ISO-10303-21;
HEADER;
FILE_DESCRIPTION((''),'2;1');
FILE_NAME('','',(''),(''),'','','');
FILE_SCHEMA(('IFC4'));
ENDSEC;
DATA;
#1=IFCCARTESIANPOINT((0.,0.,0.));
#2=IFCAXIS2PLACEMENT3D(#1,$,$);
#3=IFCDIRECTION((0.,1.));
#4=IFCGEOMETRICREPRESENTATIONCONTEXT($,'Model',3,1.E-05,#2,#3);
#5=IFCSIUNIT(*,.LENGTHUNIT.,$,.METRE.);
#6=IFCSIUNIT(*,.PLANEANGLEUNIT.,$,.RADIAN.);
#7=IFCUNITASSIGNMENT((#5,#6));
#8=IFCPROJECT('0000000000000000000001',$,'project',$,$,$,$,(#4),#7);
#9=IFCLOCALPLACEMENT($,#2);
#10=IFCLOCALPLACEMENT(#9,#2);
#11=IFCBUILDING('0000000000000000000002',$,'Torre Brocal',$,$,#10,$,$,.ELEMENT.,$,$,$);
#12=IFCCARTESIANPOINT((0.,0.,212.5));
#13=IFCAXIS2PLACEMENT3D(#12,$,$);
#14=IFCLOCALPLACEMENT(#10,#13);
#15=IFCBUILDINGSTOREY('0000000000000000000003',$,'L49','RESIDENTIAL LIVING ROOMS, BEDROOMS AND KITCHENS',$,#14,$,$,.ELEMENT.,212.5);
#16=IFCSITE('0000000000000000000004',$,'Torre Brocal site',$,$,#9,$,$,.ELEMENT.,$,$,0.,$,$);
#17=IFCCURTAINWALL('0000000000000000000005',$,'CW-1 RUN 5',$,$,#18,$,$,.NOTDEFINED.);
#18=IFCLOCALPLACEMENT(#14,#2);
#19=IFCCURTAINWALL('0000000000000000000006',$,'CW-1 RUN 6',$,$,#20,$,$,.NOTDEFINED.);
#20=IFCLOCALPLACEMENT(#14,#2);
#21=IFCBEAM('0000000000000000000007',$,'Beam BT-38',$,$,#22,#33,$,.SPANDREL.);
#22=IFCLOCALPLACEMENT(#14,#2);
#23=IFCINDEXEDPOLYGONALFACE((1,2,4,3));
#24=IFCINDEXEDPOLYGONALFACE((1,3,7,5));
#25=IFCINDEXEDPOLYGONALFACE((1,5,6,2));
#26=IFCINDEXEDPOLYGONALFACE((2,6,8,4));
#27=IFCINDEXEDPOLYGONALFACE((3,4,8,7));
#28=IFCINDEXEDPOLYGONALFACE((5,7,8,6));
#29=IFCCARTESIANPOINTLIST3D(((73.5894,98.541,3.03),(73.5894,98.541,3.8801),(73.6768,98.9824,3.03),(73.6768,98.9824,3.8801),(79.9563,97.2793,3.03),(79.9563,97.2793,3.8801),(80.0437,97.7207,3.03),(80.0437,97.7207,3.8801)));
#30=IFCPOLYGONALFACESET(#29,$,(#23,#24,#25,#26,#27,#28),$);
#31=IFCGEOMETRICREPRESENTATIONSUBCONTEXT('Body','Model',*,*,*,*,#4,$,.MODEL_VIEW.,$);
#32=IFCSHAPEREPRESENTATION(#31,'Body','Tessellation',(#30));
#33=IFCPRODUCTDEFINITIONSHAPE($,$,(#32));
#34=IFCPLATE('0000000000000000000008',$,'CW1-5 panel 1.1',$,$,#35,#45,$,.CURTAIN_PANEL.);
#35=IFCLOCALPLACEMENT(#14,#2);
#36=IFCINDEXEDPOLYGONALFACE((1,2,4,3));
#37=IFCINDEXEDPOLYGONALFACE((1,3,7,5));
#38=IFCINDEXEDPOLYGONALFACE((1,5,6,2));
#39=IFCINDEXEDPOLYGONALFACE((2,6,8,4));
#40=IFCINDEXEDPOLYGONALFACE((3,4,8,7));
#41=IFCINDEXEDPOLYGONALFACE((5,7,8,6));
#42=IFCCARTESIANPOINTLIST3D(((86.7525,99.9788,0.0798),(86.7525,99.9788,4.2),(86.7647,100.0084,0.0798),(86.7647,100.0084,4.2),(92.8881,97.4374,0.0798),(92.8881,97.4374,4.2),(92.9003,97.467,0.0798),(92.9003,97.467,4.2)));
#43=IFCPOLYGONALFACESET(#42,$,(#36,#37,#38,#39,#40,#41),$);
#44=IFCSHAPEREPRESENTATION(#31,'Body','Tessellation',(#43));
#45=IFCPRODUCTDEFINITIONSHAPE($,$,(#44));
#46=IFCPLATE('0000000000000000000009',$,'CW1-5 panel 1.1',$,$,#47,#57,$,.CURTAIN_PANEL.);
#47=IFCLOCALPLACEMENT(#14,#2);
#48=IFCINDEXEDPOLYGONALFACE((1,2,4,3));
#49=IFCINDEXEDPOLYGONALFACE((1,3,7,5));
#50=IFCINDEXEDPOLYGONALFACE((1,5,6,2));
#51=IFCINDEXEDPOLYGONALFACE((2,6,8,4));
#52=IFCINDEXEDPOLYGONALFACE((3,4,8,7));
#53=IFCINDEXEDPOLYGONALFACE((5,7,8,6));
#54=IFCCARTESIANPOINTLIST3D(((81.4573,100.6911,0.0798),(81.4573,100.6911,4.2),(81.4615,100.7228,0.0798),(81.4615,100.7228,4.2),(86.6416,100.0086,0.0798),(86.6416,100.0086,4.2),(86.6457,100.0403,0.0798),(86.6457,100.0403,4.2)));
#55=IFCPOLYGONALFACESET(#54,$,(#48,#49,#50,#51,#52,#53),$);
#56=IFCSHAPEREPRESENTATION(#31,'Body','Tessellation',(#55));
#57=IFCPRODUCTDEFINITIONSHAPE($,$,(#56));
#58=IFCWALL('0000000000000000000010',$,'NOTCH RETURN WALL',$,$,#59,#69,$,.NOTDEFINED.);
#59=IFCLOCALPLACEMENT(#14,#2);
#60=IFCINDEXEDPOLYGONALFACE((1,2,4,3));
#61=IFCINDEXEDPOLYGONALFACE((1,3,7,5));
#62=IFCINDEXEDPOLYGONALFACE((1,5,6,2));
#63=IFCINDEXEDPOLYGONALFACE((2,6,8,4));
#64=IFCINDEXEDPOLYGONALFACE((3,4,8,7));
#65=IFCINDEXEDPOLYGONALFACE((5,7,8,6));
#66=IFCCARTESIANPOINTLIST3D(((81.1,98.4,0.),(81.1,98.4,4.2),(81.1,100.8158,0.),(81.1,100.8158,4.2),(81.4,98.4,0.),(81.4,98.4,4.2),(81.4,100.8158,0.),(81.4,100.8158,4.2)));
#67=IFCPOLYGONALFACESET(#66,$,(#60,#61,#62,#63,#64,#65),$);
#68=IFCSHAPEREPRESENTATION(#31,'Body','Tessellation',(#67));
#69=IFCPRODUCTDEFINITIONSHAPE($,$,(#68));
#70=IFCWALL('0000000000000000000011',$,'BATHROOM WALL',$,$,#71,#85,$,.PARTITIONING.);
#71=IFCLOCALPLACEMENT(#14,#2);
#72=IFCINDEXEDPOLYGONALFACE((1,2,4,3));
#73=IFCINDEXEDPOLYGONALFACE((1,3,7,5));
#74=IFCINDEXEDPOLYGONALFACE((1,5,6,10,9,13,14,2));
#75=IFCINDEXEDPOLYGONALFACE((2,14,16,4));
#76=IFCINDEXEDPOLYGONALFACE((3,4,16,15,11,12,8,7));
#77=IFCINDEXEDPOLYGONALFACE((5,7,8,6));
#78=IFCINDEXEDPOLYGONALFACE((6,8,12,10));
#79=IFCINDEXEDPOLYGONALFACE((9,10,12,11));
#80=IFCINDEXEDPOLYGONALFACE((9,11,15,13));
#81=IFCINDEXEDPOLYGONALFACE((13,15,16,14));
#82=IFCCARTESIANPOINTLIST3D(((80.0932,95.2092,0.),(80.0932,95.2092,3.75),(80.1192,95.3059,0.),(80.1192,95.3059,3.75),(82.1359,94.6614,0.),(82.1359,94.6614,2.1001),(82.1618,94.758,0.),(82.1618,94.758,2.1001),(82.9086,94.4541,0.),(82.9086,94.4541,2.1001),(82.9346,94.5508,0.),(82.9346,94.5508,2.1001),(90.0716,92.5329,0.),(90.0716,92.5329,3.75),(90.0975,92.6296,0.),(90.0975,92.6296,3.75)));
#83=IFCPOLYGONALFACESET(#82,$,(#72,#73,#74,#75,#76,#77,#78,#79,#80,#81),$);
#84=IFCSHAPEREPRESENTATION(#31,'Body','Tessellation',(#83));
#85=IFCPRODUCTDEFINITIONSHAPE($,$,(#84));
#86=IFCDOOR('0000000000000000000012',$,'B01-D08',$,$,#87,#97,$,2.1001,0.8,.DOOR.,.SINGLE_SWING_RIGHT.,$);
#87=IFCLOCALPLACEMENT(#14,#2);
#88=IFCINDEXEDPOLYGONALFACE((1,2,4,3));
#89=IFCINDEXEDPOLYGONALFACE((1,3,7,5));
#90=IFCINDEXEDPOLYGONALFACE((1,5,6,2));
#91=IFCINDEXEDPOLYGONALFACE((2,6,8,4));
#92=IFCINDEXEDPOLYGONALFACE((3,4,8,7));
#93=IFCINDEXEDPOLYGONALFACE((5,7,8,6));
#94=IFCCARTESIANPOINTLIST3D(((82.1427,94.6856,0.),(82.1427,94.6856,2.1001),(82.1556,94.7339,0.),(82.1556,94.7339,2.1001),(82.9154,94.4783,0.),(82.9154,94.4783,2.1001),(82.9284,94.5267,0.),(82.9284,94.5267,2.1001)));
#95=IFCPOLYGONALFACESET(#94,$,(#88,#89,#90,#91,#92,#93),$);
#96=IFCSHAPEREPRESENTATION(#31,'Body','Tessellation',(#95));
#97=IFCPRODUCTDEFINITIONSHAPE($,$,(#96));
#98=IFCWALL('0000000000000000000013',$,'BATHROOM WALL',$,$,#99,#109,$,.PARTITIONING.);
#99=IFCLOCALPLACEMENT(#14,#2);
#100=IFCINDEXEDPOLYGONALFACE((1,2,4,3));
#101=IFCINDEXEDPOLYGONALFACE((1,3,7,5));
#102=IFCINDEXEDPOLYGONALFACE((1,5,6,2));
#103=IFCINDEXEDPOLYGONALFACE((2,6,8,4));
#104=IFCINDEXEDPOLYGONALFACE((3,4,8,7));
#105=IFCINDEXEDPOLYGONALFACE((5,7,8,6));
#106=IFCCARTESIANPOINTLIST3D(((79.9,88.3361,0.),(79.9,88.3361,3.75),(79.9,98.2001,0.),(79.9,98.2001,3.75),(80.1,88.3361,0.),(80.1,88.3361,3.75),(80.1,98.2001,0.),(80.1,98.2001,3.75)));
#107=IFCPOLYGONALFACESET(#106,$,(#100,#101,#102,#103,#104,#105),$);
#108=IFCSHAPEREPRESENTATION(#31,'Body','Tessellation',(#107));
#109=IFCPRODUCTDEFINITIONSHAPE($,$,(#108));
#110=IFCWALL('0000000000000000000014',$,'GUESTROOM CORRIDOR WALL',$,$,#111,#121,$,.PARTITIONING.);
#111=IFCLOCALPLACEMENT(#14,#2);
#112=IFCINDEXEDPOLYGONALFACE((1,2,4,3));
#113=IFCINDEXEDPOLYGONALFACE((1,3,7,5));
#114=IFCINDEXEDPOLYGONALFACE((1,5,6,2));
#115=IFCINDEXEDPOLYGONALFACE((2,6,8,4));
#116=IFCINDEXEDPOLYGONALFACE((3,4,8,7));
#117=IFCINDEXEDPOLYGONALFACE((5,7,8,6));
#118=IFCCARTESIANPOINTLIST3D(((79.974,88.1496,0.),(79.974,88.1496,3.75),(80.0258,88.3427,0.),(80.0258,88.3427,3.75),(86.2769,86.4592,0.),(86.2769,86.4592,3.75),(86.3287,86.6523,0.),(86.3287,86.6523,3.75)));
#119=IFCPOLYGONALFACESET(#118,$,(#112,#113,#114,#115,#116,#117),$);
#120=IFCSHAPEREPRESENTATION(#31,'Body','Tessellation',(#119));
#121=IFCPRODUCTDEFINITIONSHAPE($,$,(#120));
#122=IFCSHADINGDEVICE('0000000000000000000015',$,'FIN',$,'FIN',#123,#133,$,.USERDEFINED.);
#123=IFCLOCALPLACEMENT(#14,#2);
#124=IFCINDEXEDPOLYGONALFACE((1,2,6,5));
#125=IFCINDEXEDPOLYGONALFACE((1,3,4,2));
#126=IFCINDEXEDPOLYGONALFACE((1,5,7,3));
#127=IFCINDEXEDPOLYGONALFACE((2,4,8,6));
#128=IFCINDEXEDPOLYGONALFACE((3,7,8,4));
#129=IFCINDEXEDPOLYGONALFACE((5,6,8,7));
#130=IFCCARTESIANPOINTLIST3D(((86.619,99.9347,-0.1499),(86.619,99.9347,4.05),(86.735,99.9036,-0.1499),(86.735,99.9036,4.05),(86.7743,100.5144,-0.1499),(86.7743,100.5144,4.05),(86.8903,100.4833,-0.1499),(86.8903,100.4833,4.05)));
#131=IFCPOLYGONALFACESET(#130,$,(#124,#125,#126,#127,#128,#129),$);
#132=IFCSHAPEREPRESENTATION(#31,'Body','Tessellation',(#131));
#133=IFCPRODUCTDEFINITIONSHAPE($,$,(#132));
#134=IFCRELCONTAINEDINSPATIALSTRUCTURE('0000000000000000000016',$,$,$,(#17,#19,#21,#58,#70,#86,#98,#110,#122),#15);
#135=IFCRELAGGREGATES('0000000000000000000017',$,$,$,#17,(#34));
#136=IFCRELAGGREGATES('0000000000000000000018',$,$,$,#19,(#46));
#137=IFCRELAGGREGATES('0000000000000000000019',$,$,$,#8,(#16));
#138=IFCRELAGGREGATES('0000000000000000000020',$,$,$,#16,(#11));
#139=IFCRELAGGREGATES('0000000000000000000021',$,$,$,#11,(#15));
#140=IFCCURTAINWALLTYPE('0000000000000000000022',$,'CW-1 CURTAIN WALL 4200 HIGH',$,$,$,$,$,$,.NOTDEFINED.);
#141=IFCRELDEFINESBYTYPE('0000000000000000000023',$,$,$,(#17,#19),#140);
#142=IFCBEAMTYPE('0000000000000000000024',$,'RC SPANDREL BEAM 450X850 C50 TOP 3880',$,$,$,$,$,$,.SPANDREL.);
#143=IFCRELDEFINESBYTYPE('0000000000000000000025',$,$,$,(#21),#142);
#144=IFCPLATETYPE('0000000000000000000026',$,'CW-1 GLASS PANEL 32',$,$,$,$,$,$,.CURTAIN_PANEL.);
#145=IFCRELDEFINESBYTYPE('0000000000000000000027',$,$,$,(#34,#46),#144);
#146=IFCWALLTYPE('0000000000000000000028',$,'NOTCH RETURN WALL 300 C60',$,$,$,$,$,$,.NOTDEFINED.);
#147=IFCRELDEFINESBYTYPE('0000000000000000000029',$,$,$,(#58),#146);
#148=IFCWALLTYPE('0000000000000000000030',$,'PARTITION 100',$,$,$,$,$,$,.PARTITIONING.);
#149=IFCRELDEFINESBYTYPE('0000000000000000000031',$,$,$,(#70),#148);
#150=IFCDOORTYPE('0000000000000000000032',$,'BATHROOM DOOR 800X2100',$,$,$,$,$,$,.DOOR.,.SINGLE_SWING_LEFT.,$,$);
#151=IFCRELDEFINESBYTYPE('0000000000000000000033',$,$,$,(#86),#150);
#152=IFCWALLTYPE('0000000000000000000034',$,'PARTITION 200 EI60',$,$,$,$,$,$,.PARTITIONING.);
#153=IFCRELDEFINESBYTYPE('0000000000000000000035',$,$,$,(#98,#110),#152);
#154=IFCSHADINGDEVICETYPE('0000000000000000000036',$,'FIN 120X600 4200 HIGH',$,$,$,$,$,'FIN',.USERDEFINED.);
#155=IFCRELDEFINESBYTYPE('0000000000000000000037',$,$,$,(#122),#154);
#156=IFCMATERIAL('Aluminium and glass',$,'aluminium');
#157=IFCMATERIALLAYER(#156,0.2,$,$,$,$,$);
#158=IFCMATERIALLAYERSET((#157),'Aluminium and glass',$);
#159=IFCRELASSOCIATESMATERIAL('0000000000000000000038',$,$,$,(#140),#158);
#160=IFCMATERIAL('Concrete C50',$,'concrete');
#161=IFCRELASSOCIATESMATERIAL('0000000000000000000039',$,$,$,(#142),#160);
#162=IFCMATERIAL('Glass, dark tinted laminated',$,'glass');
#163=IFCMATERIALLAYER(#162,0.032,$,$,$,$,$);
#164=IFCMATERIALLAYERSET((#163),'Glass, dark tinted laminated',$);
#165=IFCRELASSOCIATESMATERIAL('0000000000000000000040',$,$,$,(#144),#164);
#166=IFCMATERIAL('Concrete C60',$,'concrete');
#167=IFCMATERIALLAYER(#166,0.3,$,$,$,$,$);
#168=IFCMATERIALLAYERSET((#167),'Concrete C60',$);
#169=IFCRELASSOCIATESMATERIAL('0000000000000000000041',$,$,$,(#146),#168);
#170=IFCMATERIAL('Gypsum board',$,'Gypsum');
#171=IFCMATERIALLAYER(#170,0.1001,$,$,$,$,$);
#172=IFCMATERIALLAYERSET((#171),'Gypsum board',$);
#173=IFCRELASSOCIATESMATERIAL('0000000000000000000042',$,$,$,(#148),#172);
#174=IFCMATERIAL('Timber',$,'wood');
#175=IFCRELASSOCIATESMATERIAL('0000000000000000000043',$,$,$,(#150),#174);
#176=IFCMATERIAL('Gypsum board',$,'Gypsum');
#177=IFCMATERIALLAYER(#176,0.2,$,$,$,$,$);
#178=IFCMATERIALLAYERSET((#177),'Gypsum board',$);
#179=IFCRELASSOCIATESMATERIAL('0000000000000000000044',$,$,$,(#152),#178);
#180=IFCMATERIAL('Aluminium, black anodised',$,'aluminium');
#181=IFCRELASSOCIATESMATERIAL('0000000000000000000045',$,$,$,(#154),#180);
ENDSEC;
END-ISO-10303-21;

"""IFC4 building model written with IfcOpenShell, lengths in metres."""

from ifc_helpers import new_model, si_unit, direction, frame, frame_2d, origin, origin_2d, place, context, subcontext, project, spatial, rectangle, extrude, material, layer, layer_set, material_profile, profile_set, type_object, element, fill, aggregate, save


model = new_model("IFC4")

# Units and contexts
model_context = context("Model", 3, precision=1e-05, world=origin(), true_north=direction((0.0, 1.0)))
body_context = subcontext(model_context, "Body", "Model", "MODEL_VIEW")
ifc_project = project(units=[si_unit("LENGTHUNIT", "METRE"), si_unit("PLANEANGLEUNIT", "RADIAN")], contexts=[model_context])

# Site, building, storey
site_placement = place(None, origin())
site = spatial("IfcSite", under=ifc_project, at=site_placement, Name="Torre Brocal site", CompositionType="ELEMENT", RefElevation=0.0)
building_placement = place(site_placement, origin())
building = spatial("IfcBuilding", under=site, at=building_placement, Name="Torre Brocal", CompositionType="ELEMENT")
storey_placement = place(building_placement, frame((0.0, 0.0, 212.5)))
storey = spatial("IfcBuildingStorey", under=building, at=storey_placement, Name="L49", Description="RESIDENTIAL LIVING ROOMS, BEDROOMS AND KITCHENS", CompositionType="ELEMENT", Elevation=212.5)

# Curtain wall
ifc_material_1 = material(Name="Aluminium and glass", Category="aluminium")
ifc_layer_1 = layer(ifc_material_1, 0.2)
ifc_layer_set_1 = layer_set([ifc_layer_1], Name="Aluminium and glass")
curtain_wall_type = type_object("IfcCurtainWallType", Name="CW-1 CURTAIN WALL 4200 HIGH", PredefinedType="NOTDEFINED", material=ifc_layer_set_1)
curtain_wall_1_placement = place(storey_placement, origin())
curtain_wall_1 = element("IfcCurtainWall", 1, at=curtain_wall_1_placement, inside=storey, type_object=curtain_wall_type, Name="CW-1 RUN 5", PredefinedType="NOTDEFINED")

# Curtain wall
curtain_wall_2_placement = place(storey_placement, origin())
curtain_wall_2 = element("IfcCurtainWall", 2, at=curtain_wall_2_placement, inside=storey, type_object=curtain_wall_type, Name="CW-1 RUN 6", PredefinedType="NOTDEFINED")

# Beam
ifc_material_2 = material(Name="Concrete C50", Category="concrete")
ifc_material_profile_1 = material_profile(ifc_material_2, rectangle(XDim=0.45, YDim=0.8501, at=origin_2d()), Name="RC 450X850")
ifc_profile_set_1 = profile_set([ifc_material_profile_1], Name="Concrete C50")
beam_type_1 = type_object("IfcBeamType", Name="RC SPANDREL BEAM 450X850 C50 TOP 3880", PredefinedType="SPANDREL", material=ifc_profile_set_1)
for number, where, z_axis, x_axis, name in (
    (3, (80.0, 97.5, 3.4551), (-0.980925, 0.194387, 0.0), (-0.194387, -0.980925, 0.0), "Beam BT-38"),
):
    element("IfcBeam", number, at=place(storey_placement, frame(where, z_axis=z_axis, x_axis=x_axis)), inside=storey, type_object=beam_type_1, Name=name, PredefinedType="SPANDREL", context=body_context, shape_type="SweptSolid", body=[
        extrude(rectangle(XDim=0.45, YDim=0.8501, at=origin_2d()), origin(), (0.0, 0.0, 1.0), 6.4907),
    ])

# Plates
ifc_material_3 = material(Name="Glass, dark tinted laminated", Category="glass")
ifc_layer_2 = layer(ifc_material_3, 0.032)
ifc_layer_set_2 = layer_set([ifc_layer_2], Name="Glass, dark tinted laminated")
plate_type = type_object("IfcPlateType", Name="CW-1 GLASS PANEL 32", PredefinedType="CURTAIN_PANEL", material=ifc_layer_set_2)
plate_1_placement = place(storey_placement, frame((89.8264, 98.7229, 0.0798), z_axis=(0.0, 0.0, 1.0), x_axis=(-0.92388, 0.382683, 0.0)))
plate_1 = element("IfcPlate", 4, at=plate_1_placement, type_object=plate_type, Name="CW1-5 panel 1.1", PredefinedType="CURTAIN_PANEL", context=body_context, shape_type="SweptSolid", body=[
    extrude(rectangle(XDim=6.6411, YDim=0.032, at=origin_2d()), origin(), (0.0, 0.0, 1.0), 4.1201),
])
aggregate(curtain_wall_1, [plate_1])
plate_2_placement = place(storey_placement, frame((84.0515, 100.3657, 0.0798), z_axis=(0.0, 0.0, 1.0), x_axis=(-0.991445, 0.130526, 0.0)))
plate_2 = element("IfcPlate", 5, at=plate_2_placement, type_object=plate_type, Name="CW1-5 panel 1.1", PredefinedType="CURTAIN_PANEL", context=body_context, shape_type="SweptSolid", body=[
    extrude(rectangle(XDim=5.229, YDim=0.032, at=origin_2d()), origin(), (0.0, 0.0, 1.0), 4.1201),
])
aggregate(curtain_wall_2, [plate_2])

# Wall
ifc_material_4 = material(Name="Concrete C60", Category="concrete")
ifc_layer_3 = layer(ifc_material_4, 0.3)
ifc_layer_set_3 = layer_set([ifc_layer_3], Name="Concrete C60")
wall_type_1 = type_object("IfcWallType", Name="NOTCH RETURN WALL 300 C60", PredefinedType="NOTDEFINED", material=ifc_layer_set_3)
wall_1_placement = place(storey_placement, frame((81.25, 98.3999, 0.0), z_axis=(0.0, 0.0, 1.0), x_axis=(0.0, 1.0, 0.0)))
element("IfcWall", 6, at=wall_1_placement, inside=storey, type_object=wall_type_1, Name="NOTCH RETURN WALL", PredefinedType="NOTDEFINED", context=body_context, shape_type="SweptSolid", body=[
    extrude(rectangle(XDim=2.4158, YDim=0.3, at=frame_2d((1.208, 0.0))), origin(), (0.0, 0.0, 1.0), 4.2),
])

# Wall, opening, door
ifc_material_5 = material(Name="Gypsum board", Category="Gypsum")
ifc_layer_4 = layer(ifc_material_5, 0.1001)
ifc_layer_set_4 = layer_set([ifc_layer_4], Name="Gypsum board")
wall_type_2 = type_object("IfcWallType", Name="PARTITION 100", PredefinedType="PARTITIONING", material=ifc_layer_set_4)
wall_2_placement = place(storey_placement, frame((80.1062, 95.2576, 0.0), z_axis=(0.0, 0.0, 1.0), x_axis=(0.965863, -0.259054, 0.0)))
wall_2 = element("IfcWall", 7, at=wall_2_placement, inside=storey, type_object=wall_type_2, Name="BATHROOM WALL", PredefinedType="PARTITIONING", context=body_context, shape_type="SweptSolid", body=[
    extrude(rectangle(XDim=10.3311, YDim=0.1001, at=frame_2d((5.1655, 0.0))), origin(), (0.0, 0.0, 1.0), 3.75),
])
opening_placement = place(wall_2_placement, frame((2.115, 0.0, 0.0)))
opening = element("IfcOpeningElement", 8, at=opening_placement, cuts=wall_2, PredefinedType="OPENING", context=body_context, shape_type="SweptSolid", body=[
    extrude(rectangle(XDim=0.8, YDim=2.1001, at=frame_2d((0.3999, 1.05))), frame((0.0, 0.0601, 0.0), z_axis=(0.0, -1.0, 0.0), x_axis=(1.0, 0.0, 0.0)), (0.0, 0.0, 1.0), 0.1201),
])
ifc_material_6 = material(Name="Timber", Category="wood")
door_type = type_object("IfcDoorType", Name="BATHROOM DOOR 800X2100", OperationType="SINGLE_SWING_LEFT", PredefinedType="DOOR", material=ifc_material_6)
door_placement = place(opening_placement, frame((0.8, 0.0, 0.0), z_axis=(0.0, 0.0, 1.0), x_axis=(-1.0, 0.0, 0.0)))
door = element("IfcDoor", 9, at=door_placement, inside=storey, type_object=door_type, Name="B01-D08", OperationType="SINGLE_SWING_RIGHT", OverallHeight=2.1001, OverallWidth=0.8, PredefinedType="DOOR", context=body_context, shape_type="SweptSolid", body=[
    extrude(rectangle(XDim=0.8, YDim=2.1001, at=frame_2d((0.3999, 1.05))), frame((0.0, 0.0249, 0.0), z_axis=(0.0, -1.0, 0.0), x_axis=(1.0, 0.0, 0.0)), (0.0, 0.0, 1.0), 0.05),
])
fill(opening, door)

# Walls
ifc_material_7 = material(Name="Gypsum board", Category="Gypsum")
ifc_layer_5 = layer(ifc_material_7, 0.2)
ifc_layer_set_5 = layer_set([ifc_layer_5], Name="Gypsum board")
wall_type_3 = type_object("IfcWallType", Name="PARTITION 200 EI60", PredefinedType="PARTITIONING", material=ifc_layer_set_5)
wall_3_placement = place(storey_placement, frame((80.0, 88.3359, 0.0), z_axis=(0.0, 0.0, 1.0), x_axis=(0.0, 1.0, 0.0)))
element("IfcWall", 10, at=wall_3_placement, inside=storey, type_object=wall_type_3, Name="BATHROOM WALL", PredefinedType="PARTITIONING", context=body_context, shape_type="SweptSolid", body=[
    extrude(rectangle(XDim=9.864, YDim=0.2, at=frame_2d((4.9321, 0.0))), origin(), (0.0, 0.0, 1.0), 3.75),
])
wall_4_placement = place(storey_placement, frame((80.0, 88.2461, 0.0), z_axis=(0.0, 0.0, 1.0), x_axis=(0.965866, -0.259041, 0.0)))
element("IfcWall", 11, at=wall_4_placement, inside=storey, type_object=wall_type_3, Name="GUESTROOM CORRIDOR WALL", PredefinedType="PARTITIONING", context=body_context, shape_type="SweptSolid", body=[
    extrude(rectangle(XDim=6.5256, YDim=0.2, at=frame_2d((3.2627, 0.0))), origin(), (0.0, 0.0, 1.0), 3.75),
])

# Shading device
ifc_material_8 = material(Name="Aluminium, black anodised", Category="aluminium")
ifc_material_profile_2 = material_profile(ifc_material_8, rectangle(XDim=0.1201, YDim=0.6001, at=origin_2d()), Name="FIN 120X600 4200 HIGH")
ifc_profile_set_2 = profile_set([ifc_material_profile_2], Name="Aluminium, black anodised")
shading_device_type = type_object("IfcShadingDeviceType", Name="FIN 120X600 4200 HIGH", ElementType="FIN", PredefinedType="USERDEFINED", material=ifc_profile_set_2)
shading_device_placement = place(storey_placement, frame((86.7546, 100.209, -0.1499), z_axis=(0.0, 0.0, 1.0), x_axis=(-0.965926, 0.258819, 0.0)))
element("IfcShadingDevice", 12, at=shading_device_placement, inside=storey, type_object=shading_device_type, Name="FIN", ObjectType="FIN", PredefinedType="USERDEFINED", context=body_context, shape_type="SweptSolid", body=[
    extrude(rectangle(XDim=0.1201, YDim=0.6001, at=origin_2d()), origin(), (0.0, 0.0, 1.0), 4.2),
])

save(model, "model.ifc")
